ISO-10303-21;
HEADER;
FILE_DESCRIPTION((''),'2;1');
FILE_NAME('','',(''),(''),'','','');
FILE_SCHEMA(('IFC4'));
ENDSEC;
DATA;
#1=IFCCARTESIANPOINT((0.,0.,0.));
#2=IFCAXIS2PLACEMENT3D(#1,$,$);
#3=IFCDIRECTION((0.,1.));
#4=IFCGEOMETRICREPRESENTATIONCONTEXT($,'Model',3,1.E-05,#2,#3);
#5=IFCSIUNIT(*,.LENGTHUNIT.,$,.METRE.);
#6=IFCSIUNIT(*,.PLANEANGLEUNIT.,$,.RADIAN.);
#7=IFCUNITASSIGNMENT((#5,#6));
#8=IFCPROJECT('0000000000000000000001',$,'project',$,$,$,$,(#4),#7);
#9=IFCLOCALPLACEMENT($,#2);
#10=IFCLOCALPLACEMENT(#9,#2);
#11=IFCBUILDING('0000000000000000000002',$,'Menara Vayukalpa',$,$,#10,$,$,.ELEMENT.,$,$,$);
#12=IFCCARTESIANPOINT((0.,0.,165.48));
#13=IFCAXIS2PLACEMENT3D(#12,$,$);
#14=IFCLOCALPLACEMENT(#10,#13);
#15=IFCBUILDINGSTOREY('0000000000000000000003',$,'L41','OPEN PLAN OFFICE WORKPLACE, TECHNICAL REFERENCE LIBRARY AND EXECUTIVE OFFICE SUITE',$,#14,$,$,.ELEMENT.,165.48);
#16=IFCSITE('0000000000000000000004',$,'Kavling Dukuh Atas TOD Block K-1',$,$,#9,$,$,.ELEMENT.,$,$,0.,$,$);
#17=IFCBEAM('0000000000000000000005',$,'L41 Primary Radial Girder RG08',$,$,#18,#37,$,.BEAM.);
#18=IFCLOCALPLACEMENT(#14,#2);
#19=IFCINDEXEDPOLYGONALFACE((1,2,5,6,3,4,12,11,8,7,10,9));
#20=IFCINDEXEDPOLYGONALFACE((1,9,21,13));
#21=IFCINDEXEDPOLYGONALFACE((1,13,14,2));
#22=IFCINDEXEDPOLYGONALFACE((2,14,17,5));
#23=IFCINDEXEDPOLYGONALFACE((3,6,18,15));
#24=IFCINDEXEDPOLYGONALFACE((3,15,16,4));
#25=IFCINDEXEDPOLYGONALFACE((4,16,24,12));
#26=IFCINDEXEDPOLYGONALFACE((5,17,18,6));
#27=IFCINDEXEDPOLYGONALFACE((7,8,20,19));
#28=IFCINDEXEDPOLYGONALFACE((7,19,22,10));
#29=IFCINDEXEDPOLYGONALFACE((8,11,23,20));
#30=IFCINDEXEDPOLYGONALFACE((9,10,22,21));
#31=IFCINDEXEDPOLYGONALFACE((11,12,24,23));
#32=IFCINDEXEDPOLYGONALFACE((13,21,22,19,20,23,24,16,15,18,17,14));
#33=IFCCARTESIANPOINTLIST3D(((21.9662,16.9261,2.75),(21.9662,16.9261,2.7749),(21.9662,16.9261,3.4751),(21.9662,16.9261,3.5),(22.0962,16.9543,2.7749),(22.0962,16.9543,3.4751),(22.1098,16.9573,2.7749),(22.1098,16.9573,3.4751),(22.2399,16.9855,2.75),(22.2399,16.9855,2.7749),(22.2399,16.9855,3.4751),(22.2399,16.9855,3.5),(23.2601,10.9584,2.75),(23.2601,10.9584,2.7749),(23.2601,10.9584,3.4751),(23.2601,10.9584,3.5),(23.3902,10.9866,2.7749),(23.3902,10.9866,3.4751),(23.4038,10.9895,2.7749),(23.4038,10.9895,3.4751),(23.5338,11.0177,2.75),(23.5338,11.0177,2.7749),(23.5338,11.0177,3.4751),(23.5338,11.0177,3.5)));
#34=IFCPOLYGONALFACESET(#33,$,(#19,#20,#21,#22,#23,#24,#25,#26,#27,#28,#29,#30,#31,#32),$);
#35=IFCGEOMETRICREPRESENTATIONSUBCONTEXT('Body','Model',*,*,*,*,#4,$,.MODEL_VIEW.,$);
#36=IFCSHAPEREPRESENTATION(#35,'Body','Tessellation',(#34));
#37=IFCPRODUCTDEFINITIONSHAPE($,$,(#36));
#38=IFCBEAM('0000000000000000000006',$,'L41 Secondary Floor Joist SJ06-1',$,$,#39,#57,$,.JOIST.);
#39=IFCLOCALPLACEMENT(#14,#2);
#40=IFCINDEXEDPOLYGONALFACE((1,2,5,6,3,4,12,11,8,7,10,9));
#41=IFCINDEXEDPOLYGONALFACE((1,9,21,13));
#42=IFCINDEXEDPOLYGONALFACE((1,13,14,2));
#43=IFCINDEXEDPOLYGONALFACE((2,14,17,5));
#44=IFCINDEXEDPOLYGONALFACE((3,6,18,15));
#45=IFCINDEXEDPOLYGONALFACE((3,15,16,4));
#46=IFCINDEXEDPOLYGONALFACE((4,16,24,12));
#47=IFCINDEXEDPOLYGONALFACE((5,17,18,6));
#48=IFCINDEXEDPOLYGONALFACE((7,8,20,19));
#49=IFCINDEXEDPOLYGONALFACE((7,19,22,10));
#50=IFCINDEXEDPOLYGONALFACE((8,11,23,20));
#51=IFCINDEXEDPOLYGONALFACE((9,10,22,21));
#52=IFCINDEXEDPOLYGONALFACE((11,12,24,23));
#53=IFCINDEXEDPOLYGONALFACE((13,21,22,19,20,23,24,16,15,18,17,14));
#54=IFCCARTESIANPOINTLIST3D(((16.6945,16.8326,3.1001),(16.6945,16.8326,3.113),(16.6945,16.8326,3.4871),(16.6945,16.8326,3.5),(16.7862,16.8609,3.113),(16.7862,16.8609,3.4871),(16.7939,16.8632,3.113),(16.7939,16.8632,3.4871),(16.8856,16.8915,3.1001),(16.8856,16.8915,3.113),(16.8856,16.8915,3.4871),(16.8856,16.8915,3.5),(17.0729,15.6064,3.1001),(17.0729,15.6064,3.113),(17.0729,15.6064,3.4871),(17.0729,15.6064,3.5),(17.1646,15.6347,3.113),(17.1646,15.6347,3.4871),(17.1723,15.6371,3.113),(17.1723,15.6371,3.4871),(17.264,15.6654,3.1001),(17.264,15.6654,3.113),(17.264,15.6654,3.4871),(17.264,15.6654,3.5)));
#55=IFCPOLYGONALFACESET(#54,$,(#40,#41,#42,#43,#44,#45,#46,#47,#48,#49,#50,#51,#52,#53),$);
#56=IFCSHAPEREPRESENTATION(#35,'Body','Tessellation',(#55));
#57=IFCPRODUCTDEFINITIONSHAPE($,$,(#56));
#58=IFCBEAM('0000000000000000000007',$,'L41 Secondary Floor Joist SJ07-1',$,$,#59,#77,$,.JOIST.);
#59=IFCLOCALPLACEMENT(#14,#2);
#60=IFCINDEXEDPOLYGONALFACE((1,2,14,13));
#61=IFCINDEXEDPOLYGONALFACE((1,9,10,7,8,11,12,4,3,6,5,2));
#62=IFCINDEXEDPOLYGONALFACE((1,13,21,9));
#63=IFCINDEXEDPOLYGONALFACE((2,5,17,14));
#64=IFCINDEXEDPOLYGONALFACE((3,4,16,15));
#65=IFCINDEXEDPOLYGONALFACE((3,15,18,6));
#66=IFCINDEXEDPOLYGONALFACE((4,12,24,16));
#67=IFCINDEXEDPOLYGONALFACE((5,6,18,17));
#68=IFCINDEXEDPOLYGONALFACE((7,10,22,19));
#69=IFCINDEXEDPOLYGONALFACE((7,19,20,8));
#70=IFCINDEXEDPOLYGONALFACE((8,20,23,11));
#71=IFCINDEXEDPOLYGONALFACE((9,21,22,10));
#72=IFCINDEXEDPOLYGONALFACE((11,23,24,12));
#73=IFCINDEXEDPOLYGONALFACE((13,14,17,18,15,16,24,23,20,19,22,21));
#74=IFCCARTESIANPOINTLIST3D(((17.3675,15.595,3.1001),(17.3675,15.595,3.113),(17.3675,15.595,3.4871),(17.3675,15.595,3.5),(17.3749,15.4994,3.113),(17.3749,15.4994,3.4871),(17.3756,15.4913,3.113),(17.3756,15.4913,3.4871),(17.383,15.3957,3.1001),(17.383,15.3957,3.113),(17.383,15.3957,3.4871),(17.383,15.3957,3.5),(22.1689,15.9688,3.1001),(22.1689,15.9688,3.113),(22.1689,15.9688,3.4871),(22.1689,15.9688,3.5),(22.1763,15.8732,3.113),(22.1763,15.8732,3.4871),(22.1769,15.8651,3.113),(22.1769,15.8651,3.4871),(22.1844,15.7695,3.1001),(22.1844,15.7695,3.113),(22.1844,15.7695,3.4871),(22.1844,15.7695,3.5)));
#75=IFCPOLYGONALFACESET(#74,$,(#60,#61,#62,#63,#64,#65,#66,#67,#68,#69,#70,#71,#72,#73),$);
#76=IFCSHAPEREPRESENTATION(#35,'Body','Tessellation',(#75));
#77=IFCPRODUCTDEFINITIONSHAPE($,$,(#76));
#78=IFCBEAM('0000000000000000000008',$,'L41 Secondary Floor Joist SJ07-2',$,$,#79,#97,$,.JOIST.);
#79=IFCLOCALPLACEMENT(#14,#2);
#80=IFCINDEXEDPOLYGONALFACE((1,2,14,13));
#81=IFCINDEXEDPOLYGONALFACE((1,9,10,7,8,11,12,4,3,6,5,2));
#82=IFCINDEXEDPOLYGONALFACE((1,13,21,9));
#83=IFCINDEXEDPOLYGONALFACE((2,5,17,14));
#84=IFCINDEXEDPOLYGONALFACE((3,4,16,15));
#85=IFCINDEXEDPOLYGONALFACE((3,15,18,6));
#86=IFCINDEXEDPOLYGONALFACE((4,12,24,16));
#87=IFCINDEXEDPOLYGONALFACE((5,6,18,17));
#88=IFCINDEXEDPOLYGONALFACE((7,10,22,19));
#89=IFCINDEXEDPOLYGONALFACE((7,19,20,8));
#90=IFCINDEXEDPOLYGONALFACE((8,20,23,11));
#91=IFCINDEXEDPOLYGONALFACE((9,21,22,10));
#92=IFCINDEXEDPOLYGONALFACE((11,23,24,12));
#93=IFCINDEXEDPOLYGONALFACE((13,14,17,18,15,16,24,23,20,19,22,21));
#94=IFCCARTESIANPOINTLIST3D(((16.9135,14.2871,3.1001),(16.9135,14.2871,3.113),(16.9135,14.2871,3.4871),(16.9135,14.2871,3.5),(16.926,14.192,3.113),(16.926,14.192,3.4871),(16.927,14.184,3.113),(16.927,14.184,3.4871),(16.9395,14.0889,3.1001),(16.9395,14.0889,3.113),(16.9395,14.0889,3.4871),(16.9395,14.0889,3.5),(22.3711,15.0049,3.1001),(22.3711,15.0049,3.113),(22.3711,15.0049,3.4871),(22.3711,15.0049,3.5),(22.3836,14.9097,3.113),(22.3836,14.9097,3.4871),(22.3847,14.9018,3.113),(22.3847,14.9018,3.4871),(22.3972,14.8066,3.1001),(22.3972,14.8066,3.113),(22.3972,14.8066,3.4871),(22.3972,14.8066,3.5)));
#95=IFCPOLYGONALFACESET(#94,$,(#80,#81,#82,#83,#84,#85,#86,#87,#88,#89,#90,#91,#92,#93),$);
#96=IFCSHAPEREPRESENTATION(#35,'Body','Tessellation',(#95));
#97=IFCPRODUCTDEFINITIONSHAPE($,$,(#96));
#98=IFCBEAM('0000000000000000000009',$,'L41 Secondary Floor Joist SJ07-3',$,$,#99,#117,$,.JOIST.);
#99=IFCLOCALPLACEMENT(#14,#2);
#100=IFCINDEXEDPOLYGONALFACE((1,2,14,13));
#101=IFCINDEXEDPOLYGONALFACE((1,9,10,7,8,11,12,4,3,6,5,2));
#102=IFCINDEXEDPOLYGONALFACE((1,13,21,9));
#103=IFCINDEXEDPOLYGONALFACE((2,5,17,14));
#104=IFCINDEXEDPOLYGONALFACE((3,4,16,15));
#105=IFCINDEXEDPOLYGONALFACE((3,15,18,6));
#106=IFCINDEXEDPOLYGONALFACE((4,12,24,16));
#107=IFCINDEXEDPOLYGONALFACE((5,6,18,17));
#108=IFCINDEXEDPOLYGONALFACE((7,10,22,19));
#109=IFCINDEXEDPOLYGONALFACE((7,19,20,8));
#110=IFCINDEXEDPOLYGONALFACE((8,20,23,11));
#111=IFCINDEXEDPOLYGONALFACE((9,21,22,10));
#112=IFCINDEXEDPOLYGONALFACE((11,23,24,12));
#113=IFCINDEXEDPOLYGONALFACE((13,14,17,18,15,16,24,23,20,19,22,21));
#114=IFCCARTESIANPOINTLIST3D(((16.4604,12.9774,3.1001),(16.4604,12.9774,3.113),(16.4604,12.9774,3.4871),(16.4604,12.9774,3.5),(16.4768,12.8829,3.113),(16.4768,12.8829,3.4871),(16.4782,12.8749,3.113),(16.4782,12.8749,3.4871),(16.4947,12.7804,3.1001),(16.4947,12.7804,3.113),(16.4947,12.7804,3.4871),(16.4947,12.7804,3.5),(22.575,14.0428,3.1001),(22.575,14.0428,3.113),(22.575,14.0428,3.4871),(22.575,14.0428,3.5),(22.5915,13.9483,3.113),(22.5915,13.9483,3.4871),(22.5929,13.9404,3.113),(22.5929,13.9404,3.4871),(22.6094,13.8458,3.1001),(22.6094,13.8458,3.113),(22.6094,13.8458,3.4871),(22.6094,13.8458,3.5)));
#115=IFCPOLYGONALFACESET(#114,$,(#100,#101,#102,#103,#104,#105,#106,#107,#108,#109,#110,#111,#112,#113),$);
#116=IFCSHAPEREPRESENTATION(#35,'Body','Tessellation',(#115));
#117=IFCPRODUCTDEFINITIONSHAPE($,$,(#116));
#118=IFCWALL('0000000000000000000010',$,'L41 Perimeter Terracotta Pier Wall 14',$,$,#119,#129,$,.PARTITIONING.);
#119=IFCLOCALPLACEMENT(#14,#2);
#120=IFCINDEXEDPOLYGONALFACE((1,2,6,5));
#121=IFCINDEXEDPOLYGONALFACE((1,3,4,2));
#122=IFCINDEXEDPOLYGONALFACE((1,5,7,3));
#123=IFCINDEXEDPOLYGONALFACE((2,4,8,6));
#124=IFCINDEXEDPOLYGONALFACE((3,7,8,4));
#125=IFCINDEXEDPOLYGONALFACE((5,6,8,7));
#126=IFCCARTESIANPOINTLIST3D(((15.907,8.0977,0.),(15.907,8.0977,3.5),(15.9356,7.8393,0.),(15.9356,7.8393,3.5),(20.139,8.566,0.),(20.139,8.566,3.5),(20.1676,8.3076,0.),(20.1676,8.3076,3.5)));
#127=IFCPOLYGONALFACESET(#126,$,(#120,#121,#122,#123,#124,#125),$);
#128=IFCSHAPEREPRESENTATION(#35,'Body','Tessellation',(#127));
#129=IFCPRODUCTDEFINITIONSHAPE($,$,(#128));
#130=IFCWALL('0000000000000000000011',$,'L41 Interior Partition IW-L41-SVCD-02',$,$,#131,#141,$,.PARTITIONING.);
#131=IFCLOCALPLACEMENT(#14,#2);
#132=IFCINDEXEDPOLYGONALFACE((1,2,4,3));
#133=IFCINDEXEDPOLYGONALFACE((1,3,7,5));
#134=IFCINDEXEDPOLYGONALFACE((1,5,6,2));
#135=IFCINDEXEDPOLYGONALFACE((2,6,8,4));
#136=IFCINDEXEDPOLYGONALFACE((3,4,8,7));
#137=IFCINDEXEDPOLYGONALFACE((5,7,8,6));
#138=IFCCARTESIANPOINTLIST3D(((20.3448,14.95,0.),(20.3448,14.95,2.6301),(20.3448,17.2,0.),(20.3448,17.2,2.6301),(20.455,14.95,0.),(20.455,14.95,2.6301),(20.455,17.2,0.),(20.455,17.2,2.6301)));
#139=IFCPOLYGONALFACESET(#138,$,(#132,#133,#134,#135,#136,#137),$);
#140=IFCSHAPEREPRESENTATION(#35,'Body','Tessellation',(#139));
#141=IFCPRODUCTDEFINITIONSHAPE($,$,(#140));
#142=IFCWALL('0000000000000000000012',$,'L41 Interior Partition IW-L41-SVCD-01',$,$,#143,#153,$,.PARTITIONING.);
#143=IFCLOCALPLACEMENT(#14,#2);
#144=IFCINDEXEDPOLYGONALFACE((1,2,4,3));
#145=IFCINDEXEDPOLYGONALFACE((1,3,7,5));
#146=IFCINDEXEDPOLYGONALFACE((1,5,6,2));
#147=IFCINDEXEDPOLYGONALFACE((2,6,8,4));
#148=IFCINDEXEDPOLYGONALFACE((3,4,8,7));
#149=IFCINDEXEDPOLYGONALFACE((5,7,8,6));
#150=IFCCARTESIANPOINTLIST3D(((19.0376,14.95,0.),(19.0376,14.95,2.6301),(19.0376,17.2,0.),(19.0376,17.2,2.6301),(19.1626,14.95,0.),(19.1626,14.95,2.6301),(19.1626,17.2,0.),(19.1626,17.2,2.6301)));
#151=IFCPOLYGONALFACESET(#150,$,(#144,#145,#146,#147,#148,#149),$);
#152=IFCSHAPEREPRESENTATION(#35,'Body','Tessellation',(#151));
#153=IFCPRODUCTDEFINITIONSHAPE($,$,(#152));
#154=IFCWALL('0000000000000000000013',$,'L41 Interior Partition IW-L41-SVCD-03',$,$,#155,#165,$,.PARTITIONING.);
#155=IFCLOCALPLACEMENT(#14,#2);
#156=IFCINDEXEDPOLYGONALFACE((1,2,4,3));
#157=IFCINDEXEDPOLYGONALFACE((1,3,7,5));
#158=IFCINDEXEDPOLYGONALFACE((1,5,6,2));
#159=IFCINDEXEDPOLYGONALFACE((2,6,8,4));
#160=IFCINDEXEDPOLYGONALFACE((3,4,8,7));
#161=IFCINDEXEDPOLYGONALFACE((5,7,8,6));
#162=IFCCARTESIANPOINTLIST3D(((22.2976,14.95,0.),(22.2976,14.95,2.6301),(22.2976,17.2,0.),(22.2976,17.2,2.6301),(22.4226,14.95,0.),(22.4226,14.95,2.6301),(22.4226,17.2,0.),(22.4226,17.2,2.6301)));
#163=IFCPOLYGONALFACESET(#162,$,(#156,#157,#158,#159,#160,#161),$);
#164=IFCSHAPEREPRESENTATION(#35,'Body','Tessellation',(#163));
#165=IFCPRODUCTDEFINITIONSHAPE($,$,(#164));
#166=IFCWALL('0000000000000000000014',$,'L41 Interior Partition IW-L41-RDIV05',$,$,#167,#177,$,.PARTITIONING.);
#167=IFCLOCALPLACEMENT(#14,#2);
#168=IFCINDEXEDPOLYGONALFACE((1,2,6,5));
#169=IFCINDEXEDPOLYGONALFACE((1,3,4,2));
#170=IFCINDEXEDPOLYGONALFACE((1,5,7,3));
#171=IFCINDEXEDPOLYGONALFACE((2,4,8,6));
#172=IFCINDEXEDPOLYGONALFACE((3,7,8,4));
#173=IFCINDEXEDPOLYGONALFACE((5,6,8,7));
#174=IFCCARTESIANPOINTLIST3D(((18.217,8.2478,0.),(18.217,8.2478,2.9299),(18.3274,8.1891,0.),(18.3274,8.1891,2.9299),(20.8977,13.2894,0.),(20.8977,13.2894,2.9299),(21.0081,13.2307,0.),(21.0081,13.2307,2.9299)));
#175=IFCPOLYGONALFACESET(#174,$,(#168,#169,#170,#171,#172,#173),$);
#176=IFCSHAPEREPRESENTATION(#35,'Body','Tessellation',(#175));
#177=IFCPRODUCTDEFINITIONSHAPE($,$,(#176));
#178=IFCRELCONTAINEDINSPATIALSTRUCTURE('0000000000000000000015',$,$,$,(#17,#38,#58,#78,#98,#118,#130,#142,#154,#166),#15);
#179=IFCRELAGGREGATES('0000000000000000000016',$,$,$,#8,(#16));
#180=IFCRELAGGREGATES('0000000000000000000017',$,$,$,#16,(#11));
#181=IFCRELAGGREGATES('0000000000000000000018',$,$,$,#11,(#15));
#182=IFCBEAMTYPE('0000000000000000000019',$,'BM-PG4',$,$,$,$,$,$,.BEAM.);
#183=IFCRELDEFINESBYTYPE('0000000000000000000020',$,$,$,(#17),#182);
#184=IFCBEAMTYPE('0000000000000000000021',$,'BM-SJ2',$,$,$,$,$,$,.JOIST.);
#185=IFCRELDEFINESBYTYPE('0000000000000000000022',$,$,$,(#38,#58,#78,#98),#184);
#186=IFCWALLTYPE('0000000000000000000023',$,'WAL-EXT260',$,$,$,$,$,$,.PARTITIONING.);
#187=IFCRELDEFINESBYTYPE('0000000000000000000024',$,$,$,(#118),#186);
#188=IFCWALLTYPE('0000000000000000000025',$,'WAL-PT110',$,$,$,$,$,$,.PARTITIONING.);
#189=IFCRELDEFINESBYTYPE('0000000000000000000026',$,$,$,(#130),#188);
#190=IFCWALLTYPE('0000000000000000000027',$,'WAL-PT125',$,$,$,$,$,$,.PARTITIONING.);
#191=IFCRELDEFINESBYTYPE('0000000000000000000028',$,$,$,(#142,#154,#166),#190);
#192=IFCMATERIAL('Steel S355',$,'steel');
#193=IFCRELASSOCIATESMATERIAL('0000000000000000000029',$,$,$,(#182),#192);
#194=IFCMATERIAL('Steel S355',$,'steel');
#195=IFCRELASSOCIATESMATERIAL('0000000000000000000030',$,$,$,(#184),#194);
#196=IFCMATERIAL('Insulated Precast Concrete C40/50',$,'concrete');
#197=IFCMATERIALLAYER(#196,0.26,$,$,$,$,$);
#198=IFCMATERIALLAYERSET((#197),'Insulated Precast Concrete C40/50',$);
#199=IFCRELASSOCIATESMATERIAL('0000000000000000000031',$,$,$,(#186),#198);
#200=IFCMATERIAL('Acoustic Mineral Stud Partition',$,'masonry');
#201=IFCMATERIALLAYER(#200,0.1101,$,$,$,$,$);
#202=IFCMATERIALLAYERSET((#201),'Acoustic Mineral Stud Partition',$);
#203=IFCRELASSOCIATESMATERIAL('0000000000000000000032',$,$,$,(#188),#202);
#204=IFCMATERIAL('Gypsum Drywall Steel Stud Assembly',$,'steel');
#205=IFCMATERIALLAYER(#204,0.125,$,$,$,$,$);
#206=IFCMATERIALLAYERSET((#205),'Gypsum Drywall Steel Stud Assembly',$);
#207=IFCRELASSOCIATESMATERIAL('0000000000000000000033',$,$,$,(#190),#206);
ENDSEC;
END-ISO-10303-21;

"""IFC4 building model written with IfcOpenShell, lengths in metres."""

from ifc_helpers import new_model, si_unit, direction, frame, frame_2d, origin, origin_2d, place, context, subcontext, project, spatial, rectangle, i_section, extrude, material, layer, layer_set, material_profile, profile_set, type_object, element, save


model = new_model("IFC4")

# Units and contexts
model_context = context("Model", 3, precision=1e-05, world=origin(), true_north=direction((0.0, 1.0)))
body_context = subcontext(model_context, "Body", "Model", "MODEL_VIEW")
ifc_project = project(units=[si_unit("LENGTHUNIT", "METRE"), si_unit("PLANEANGLEUNIT", "RADIAN")], contexts=[model_context])

# Site, building, storey
site_placement = place(None, origin())
site = spatial("IfcSite", under=ifc_project, at=site_placement, Name="Kavling Dukuh Atas TOD Block K-1", CompositionType="ELEMENT", RefElevation=0.0)
building_placement = place(site_placement, origin())
building = spatial("IfcBuilding", under=site, at=building_placement, Name="Menara Vayukalpa", CompositionType="ELEMENT")
storey_placement = place(building_placement, frame((0.0, 0.0, 165.48)))
storey = spatial("IfcBuildingStorey", under=building, at=storey_placement, Name="L41", Description="OPEN PLAN OFFICE WORKPLACE, TECHNICAL REFERENCE LIBRARY AND EXECUTIVE OFFICE SUITE", CompositionType="ELEMENT", Elevation=165.48)

# Beams
ifc_material_1 = material(Name="Steel S355", Category="steel")
ifc_material_profile_1 = material_profile(ifc_material_1, i_section(OverallWidth=0.28, OverallDepth=0.75, WebThickness=0.0139, FlangeThickness=0.0249, at=origin_2d()), Name="WF 750x280x14x25")
ifc_profile_set_1 = profile_set([ifc_material_profile_1], Name="Steel S355")
beam_type_1 = type_object("IfcBeamType", Name="BM-PG4", PredefinedType="BEAM", material=ifc_profile_set_1)
beam_1_placement = place(storey_placement, frame((22.103, 16.9558, 3.125), z_axis=(0.211898, -0.977292, 0.0), x_axis=(0.977292, 0.211898, 0.0)))
element("IfcBeam", 1, at=beam_1_placement, inside=storey, type_object=beam_type_1, Name="L41 Primary Radial Girder RG08", PredefinedType="BEAM", context=body_context, shape_type="SweptSolid", body=[
    extrude(i_section(OverallWidth=0.28, OverallDepth=0.75, WebThickness=0.0139, FlangeThickness=0.0249, at=origin_2d()), origin(), (0.0, 0.0, 1.0), 6.1064),
])
ifc_material_2 = material(Name="Steel S355", Category="steel")
ifc_material_profile_2 = material_profile(ifc_material_2, i_section(OverallWidth=0.2, OverallDepth=0.3999, WebThickness=0.0081, FlangeThickness=0.0129, at=origin_2d()), Name="WF 400x200x8x13")
ifc_profile_set_2 = profile_set([ifc_material_profile_2], Name="Steel S355")
beam_type_2 = type_object("IfcBeamType", Name="BM-SJ2", PredefinedType="JOIST", material=ifc_profile_set_2)
beam_2_placement = place(storey_placement, frame((16.79, 16.8621, 3.3), z_axis=(0.294915, -0.955524, 0.0), x_axis=(0.955524, 0.294915, 0.0)))
element("IfcBeam", 2, at=beam_2_placement, inside=storey, type_object=beam_type_2, Name="L41 Secondary Floor Joist SJ06-1", PredefinedType="JOIST", context=body_context, shape_type="SweptSolid", body=[
    extrude(i_section(OverallWidth=0.2, OverallDepth=0.3999, WebThickness=0.0081, FlangeThickness=0.0129, at=origin_2d()), origin(), (0.0, 0.0, 1.0), 1.2832),
])
beam_3_placement = place(storey_placement, frame((17.3752, 15.4954, 3.3), z_axis=(0.996983, 0.077615, 0.0), x_axis=(-0.077615, 0.996983, 0.0)))
element("IfcBeam", 3, at=beam_3_placement, inside=storey, type_object=beam_type_2, Name="L41 Secondary Floor Joist SJ07-1", PredefinedType="JOIST", context=body_context, shape_type="SweptSolid", body=[
    extrude(i_section(OverallWidth=0.2, OverallDepth=0.3999, WebThickness=0.0081, FlangeThickness=0.0129, at=origin_2d()), origin(), (0.0, 0.0, 1.0), 4.8159),
])
beam_4_placement = place(storey_placement, frame((16.9265, 14.188, 3.3), z_axis=(0.991463, 0.130391, 0.0), x_axis=(-0.130391, 0.991463, 0.0)))
element("IfcBeam", 4, at=beam_4_placement, inside=storey, type_object=beam_type_2, Name="L41 Secondary Floor Joist SJ07-2", PredefinedType="JOIST", context=body_context, shape_type="SweptSolid", body=[
    extrude(i_section(OverallWidth=0.2, OverallDepth=0.3999, WebThickness=0.0081, FlangeThickness=0.0129, at=origin_2d()), origin(), (0.0, 0.0, 1.0), 5.5046),
])
beam_5_placement = place(storey_placement, frame((16.4775, 12.8789, 3.3), z_axis=(0.985157, 0.171653, 0.0), x_axis=(-0.171653, 0.985157, 0.0)))
element("IfcBeam", 5, at=beam_5_placement, inside=storey, type_object=beam_type_2, Name="L41 Secondary Floor Joist SJ07-3", PredefinedType="JOIST", context=body_context, shape_type="SweptSolid", body=[
    extrude(i_section(OverallWidth=0.2, OverallDepth=0.3999, WebThickness=0.0081, FlangeThickness=0.0129, at=origin_2d()), origin(), (0.0, 0.0, 1.0), 6.2068),
])

# Walls
ifc_material_3 = material(Name="Insulated Precast Concrete C40/50", Category="concrete")
ifc_layer_1 = layer(ifc_material_3, 0.26)
ifc_layer_set_1 = layer_set([ifc_layer_1], Name="Insulated Precast Concrete C40/50")
wall_type_1 = type_object("IfcWallType", Name="WAL-EXT260", PredefinedType="PARTITIONING", material=ifc_layer_set_1)
wall_1_placement = place(storey_placement, frame((20.1533, 8.4368, 0.0), z_axis=(0.0, 0.0, 1.0), x_axis=(-0.993934, -0.109978, 0.0)))
element("IfcWall", 6, at=wall_1_placement, inside=storey, type_object=wall_type_1, Name="L41 Perimeter Terracotta Pier Wall 14", PredefinedType="PARTITIONING", context=body_context, shape_type="SweptSolid", body=[
    extrude(rectangle(XDim=4.2578, YDim=0.26, at=frame_2d((2.1289, 0.0))), origin(), (0.0, 0.0, 1.0), 3.5),
])
ifc_material_4 = material(Name="Acoustic Mineral Stud Partition", Category="masonry")
ifc_layer_2 = layer(ifc_material_4, 0.1101)
ifc_layer_set_2 = layer_set([ifc_layer_2], Name="Acoustic Mineral Stud Partition")
wall_type_2 = type_object("IfcWallType", Name="WAL-PT110", PredefinedType="PARTITIONING", material=ifc_layer_set_2)
wall_2_placement = place(storey_placement, frame((20.3999, 14.95, 0.0), z_axis=(0.0, 0.0, 1.0), x_axis=(0.0, 1.0, 0.0)))
element("IfcWall", 7, at=wall_2_placement, inside=storey, type_object=wall_type_2, Name="L41 Interior Partition IW-L41-SVCD-02", PredefinedType="PARTITIONING", context=body_context, shape_type="SweptSolid", body=[
    extrude(rectangle(XDim=2.25, YDim=0.1101, at=frame_2d((1.125, 0.0))), origin(), (0.0, 0.0, 1.0), 2.6301),
])
ifc_material_5 = material(Name="Gypsum Drywall Steel Stud Assembly", Category="steel")
ifc_layer_3 = layer(ifc_material_5, 0.125)
ifc_layer_set_3 = layer_set([ifc_layer_3], Name="Gypsum Drywall Steel Stud Assembly")
wall_type_3 = type_object("IfcWallType", Name="WAL-PT125", PredefinedType="PARTITIONING", material=ifc_layer_set_3)
for number, where, z_axis, x_axis, name in (
    (8, (19.1001, 14.95, 0.0), (0.0, 0.0, 1.0), (0.0, 1.0, 0.0), "L41 Interior Partition IW-L41-SVCD-01"),
    (9, (22.3601, 14.95, 0.0), (0.0, 0.0, 1.0), (0.0, 1.0, 0.0), "L41 Interior Partition IW-L41-SVCD-03"),
):
    element("IfcWall", number, at=place(storey_placement, frame(where, z_axis=z_axis, x_axis=x_axis)), inside=storey, type_object=wall_type_3, Name=name, PredefinedType="PARTITIONING", context=body_context, shape_type="SweptSolid", body=[
        extrude(rectangle(XDim=2.25, YDim=0.125, at=frame_2d((1.125, 0.0))), origin(), (0.0, 0.0, 1.0), 2.6301),
    ])
wall_3_placement = place(storey_placement, frame((20.9529, 13.26, 0.0), z_axis=(0.0, 0.0, 1.0), x_axis=(-0.469478, -0.882944, 0.0)))
element("IfcWall", 10, at=wall_3_placement, inside=storey, type_object=wall_type_3, Name="L41 Interior Partition IW-L41-RDIV05", PredefinedType="PARTITIONING", context=body_context, shape_type="SweptSolid", body=[
    extrude(rectangle(XDim=5.71, YDim=0.125, at=frame_2d((2.855, 0.0))), origin(), (0.0, 0.0, 1.0), 2.9299),
])

save(model, "model.ifc")
